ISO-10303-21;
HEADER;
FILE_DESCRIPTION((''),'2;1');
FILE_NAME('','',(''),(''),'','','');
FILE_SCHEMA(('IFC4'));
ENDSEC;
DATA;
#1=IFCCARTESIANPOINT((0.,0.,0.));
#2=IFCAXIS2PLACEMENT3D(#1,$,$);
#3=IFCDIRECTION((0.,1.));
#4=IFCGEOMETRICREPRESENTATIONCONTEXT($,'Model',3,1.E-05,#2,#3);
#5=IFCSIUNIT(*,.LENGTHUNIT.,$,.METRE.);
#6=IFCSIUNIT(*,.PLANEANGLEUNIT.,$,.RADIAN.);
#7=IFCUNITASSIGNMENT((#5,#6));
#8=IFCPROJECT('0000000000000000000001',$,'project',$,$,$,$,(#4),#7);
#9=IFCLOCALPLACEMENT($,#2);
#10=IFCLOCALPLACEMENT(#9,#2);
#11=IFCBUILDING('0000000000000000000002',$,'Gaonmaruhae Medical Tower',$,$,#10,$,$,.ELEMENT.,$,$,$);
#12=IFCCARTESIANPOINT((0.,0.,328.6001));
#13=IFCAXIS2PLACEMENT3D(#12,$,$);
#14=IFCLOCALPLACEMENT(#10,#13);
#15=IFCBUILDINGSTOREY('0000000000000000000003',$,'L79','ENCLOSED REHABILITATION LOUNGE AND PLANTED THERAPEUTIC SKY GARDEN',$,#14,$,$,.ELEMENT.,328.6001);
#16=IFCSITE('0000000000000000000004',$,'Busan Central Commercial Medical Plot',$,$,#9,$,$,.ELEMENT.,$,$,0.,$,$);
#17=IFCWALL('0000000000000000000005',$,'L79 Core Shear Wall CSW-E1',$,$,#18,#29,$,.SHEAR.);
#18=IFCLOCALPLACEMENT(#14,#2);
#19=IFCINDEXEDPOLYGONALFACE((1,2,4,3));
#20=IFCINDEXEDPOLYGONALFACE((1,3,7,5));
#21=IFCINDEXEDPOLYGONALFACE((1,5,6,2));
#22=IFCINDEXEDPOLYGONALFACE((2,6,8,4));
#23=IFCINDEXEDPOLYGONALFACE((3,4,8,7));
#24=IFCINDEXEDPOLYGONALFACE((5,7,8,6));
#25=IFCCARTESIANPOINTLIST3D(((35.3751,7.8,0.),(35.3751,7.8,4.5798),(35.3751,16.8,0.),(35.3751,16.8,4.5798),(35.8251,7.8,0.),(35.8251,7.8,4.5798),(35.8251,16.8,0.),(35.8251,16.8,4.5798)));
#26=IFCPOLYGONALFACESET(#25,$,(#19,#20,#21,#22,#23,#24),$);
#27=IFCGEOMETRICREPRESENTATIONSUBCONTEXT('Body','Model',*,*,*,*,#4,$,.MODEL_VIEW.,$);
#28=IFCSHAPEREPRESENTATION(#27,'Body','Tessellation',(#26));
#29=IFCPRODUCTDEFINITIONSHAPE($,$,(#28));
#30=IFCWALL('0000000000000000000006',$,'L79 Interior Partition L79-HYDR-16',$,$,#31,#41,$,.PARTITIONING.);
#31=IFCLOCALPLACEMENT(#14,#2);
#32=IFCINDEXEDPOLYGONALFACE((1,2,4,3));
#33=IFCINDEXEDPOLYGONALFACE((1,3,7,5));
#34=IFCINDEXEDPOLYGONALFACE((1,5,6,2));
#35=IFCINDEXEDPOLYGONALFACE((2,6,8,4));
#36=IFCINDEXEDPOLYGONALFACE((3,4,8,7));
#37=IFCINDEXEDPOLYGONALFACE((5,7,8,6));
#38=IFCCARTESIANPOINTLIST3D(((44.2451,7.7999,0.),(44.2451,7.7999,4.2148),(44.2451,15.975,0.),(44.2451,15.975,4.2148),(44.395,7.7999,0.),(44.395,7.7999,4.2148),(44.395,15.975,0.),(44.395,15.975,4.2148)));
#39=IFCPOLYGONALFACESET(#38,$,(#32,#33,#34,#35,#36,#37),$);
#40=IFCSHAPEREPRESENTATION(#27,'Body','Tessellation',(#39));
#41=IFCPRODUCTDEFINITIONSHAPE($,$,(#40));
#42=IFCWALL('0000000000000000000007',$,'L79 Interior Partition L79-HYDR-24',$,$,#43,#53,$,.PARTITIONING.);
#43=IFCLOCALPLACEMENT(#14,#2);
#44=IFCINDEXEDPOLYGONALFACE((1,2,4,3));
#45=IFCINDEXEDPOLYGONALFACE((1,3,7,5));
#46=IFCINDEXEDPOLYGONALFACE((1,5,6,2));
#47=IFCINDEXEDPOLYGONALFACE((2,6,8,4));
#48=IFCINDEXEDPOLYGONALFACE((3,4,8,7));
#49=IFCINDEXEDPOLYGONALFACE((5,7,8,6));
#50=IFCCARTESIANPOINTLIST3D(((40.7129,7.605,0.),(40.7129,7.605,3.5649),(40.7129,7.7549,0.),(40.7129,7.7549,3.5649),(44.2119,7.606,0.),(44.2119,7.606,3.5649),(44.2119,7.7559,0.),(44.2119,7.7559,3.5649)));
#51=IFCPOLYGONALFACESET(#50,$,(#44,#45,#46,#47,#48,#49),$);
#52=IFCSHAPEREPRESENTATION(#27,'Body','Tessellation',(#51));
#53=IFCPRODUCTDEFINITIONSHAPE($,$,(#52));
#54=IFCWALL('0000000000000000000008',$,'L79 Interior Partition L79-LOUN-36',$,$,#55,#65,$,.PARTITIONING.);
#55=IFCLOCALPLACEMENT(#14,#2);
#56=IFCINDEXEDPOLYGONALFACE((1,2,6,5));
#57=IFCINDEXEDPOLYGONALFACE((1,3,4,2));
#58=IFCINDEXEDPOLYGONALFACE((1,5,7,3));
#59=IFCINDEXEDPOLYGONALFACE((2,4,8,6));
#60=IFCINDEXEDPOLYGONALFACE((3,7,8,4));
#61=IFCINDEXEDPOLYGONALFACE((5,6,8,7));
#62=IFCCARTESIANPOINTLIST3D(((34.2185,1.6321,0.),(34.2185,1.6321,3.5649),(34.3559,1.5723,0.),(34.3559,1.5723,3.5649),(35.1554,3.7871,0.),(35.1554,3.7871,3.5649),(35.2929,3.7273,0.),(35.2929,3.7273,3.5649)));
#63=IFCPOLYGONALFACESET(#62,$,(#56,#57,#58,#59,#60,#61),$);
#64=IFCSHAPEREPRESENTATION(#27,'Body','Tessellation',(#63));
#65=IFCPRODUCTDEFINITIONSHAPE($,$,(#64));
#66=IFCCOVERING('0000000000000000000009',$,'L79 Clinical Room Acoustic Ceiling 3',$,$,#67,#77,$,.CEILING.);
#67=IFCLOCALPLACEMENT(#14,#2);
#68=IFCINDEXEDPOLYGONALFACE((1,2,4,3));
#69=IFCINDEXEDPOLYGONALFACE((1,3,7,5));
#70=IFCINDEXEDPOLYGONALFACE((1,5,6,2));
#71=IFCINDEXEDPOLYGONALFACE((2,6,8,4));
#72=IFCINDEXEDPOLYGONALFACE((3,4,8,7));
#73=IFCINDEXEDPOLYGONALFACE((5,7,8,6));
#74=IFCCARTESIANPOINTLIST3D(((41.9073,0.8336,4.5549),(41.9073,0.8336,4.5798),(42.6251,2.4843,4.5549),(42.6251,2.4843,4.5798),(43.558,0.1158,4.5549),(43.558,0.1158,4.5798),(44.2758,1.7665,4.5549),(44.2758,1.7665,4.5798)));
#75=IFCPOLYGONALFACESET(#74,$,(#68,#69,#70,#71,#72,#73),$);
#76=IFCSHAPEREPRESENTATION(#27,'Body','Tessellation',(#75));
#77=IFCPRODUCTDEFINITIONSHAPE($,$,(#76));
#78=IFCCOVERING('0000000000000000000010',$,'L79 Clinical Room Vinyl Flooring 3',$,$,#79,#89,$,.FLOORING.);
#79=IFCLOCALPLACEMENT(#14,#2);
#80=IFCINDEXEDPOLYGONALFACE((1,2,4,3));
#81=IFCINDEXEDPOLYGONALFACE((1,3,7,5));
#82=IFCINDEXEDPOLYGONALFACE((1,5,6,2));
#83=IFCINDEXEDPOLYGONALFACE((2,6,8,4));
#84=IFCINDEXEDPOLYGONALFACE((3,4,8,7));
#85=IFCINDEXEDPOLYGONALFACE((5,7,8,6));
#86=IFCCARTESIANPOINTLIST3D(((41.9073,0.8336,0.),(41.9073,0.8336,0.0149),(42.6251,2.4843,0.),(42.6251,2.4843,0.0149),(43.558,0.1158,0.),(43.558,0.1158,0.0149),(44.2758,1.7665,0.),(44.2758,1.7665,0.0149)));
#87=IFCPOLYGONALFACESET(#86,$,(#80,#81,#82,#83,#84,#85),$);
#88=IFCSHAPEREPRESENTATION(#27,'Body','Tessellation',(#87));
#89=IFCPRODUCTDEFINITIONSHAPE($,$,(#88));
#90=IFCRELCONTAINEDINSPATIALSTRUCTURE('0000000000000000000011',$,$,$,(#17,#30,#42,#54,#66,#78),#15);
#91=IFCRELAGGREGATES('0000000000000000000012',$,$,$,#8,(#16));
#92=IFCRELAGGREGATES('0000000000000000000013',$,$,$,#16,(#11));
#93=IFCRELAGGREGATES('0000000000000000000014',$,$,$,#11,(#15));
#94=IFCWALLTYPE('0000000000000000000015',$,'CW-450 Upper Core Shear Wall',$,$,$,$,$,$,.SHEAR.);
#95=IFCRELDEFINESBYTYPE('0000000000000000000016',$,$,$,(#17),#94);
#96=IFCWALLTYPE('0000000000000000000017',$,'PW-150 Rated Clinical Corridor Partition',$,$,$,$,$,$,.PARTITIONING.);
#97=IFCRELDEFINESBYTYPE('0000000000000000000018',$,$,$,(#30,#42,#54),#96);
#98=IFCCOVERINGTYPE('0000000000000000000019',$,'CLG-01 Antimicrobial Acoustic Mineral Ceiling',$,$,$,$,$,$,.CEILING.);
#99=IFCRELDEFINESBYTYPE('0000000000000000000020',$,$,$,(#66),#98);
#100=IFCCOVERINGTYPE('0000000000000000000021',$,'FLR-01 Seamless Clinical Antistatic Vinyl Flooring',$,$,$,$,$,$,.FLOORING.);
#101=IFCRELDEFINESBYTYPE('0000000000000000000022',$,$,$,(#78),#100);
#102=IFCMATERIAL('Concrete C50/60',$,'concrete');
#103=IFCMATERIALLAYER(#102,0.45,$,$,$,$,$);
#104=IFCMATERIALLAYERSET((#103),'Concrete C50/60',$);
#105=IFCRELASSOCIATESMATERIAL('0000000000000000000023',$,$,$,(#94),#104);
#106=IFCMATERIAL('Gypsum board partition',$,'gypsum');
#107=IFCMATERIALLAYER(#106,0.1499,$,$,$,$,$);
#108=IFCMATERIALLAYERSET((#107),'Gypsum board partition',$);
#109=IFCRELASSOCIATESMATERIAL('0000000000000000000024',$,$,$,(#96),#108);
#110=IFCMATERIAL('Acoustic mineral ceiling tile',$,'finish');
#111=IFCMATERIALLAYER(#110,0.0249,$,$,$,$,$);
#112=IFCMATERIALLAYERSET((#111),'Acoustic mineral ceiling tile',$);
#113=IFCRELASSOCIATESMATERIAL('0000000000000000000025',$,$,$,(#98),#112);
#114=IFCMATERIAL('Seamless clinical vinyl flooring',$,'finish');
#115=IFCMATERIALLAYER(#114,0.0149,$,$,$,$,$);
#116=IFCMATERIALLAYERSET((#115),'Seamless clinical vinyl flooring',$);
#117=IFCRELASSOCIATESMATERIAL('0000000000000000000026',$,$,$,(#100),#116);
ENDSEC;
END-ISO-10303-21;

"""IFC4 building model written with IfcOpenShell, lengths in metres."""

from ifc_helpers import new_model, si_unit, direction, frame, frame_2d, origin, origin_2d, place, context, subcontext, project, spatial, rectangle, extrude, material, layer, layer_set, type_object, element, save


model = new_model("IFC4")

# Units and contexts
model_context = context("Model", 3, precision=1e-05, world=origin(), true_north=direction((0.0, 1.0)))
body_context = subcontext(model_context, "Body", "Model", "MODEL_VIEW")
ifc_project = project(units=[si_unit("LENGTHUNIT", "METRE"), si_unit("PLANEANGLEUNIT", "RADIAN")], contexts=[model_context])

# Site, building, storey
site_placement = place(None, origin())
site = spatial("IfcSite", under=ifc_project, at=site_placement, Name="Busan Central Commercial Medical Plot", CompositionType="ELEMENT", RefElevation=0.0)
building_placement = place(site_placement, origin())
building = spatial("IfcBuilding", under=site, at=building_placement, Name="Gaonmaruhae Medical Tower", CompositionType="ELEMENT")
storey_placement = place(building_placement, frame((0.0, 0.0, 328.6001)))
storey = spatial("IfcBuildingStorey", under=building, at=storey_placement, Name="L79", Description="ENCLOSED REHABILITATION LOUNGE AND PLANTED THERAPEUTIC SKY GARDEN", CompositionType="ELEMENT", Elevation=328.6001)

# Shared definitions
ifc_material_1 = material(Name="Concrete C50/60", Category="concrete")

# Walls
ifc_layer_1 = layer(ifc_material_1, 0.45)
ifc_layer_set_1 = layer_set([ifc_layer_1], Name="Concrete C50/60")
wall_type_1 = type_object("IfcWallType", Name="CW-450 Upper Core Shear Wall", PredefinedType="SHEAR", material=ifc_layer_set_1)
wall_1_placement = place(storey_placement, frame((35.6001, 7.8, 0.0), z_axis=(0.0, 0.0, 1.0), x_axis=(0.0, 1.0, 0.0)))
element("IfcWall", 1, at=wall_1_placement, inside=storey, type_object=wall_type_1, Name="L79 Core Shear Wall CSW-E1", PredefinedType="SHEAR", context=body_context, shape_type="SweptSolid", body=[
    extrude(rectangle(XDim=9.0, YDim=0.45, at=frame_2d((4.5, 0.0))), origin(), (0.0, 0.0, 1.0), 4.5798),
])
ifc_material_2 = material(Name="Gypsum board partition", Category="gypsum")
ifc_layer_2 = layer(ifc_material_2, 0.1499)
ifc_layer_set_2 = layer_set([ifc_layer_2], Name="Gypsum board partition")
wall_type_2 = type_object("IfcWallType", Name="PW-150 Rated Clinical Corridor Partition", PredefinedType="PARTITIONING", material=ifc_layer_set_2)
wall_2_placement = place(storey_placement, frame((44.3201, 7.8, 0.0), z_axis=(0.0, 0.0, 1.0), x_axis=(0.0, 1.0, 0.0)))
element("IfcWall", 2, at=wall_2_placement, inside=storey, type_object=wall_type_2, Name="L79 Interior Partition L79-HYDR-16", PredefinedType="PARTITIONING", context=body_context, shape_type="SweptSolid", body=[
    extrude(rectangle(XDim=8.175, YDim=0.1499, at=frame_2d((4.0874, 0.0))), origin(), (0.0, 0.0, 1.0), 4.2148),
])
wall_3_placement = place(storey_placement, frame((40.7129, 7.6799, 0.0), z_axis=(0.0, 0.0, 1.0), x_axis=(1.0, 0.000279, 0.0)))
element("IfcWall", 3, at=wall_3_placement, inside=storey, type_object=wall_type_2, Name="L79 Interior Partition L79-HYDR-24", PredefinedType="PARTITIONING", context=body_context, shape_type="SweptSolid", body=[
    extrude(rectangle(XDim=3.499, YDim=0.1499, at=frame_2d((1.7495, 0.0))), origin(), (0.0, 0.0, 1.0), 3.5649),
])
wall_4_placement = place(storey_placement, frame((35.2241, 3.7571, 0.0), z_axis=(0.0, 0.0, 1.0), x_axis=(-0.398741, -0.917063, 0.0)))
element("IfcWall", 4, at=wall_4_placement, inside=storey, type_object=wall_type_2, Name="L79 Interior Partition L79-LOUN-36", PredefinedType="PARTITIONING", context=body_context, shape_type="SweptSolid", body=[
    extrude(rectangle(XDim=2.3499, YDim=0.1499, at=frame_2d((1.1748, 0.0))), origin(), (0.0, 0.0, 1.0), 3.5649),
])

# Coverings
ifc_material_3 = material(Name="Acoustic mineral ceiling tile", Category="finish")
ifc_layer_3 = layer(ifc_material_3, 0.0249)
ifc_layer_set_3 = layer_set([ifc_layer_3], Name="Acoustic mineral ceiling tile")
covering_type_1 = type_object("IfcCoveringType", Name="CLG-01 Antimicrobial Acoustic Mineral Ceiling", PredefinedType="CEILING", material=ifc_layer_set_3)
covering_1_placement = place(storey_placement, frame((43.0916, 1.3, 4.5549), z_axis=(0.0, 0.0, 1.0), x_axis=(0.398749, 0.91706, 0.0)))
element("IfcCovering", 5, at=covering_1_placement, inside=storey, type_object=covering_type_1, Name="L79 Clinical Room Acoustic Ceiling 3", PredefinedType="CEILING", context=body_context, shape_type="SweptSolid", body=[
    extrude(rectangle(XDim=1.8, YDim=1.8, at=origin_2d()), origin(), (0.0, 0.0, 1.0), 0.0249),
])
ifc_material_4 = material(Name="Seamless clinical vinyl flooring", Category="finish")
ifc_layer_4 = layer(ifc_material_4, 0.0149)
ifc_layer_set_4 = layer_set([ifc_layer_4], Name="Seamless clinical vinyl flooring")
covering_type_2 = type_object("IfcCoveringType", Name="FLR-01 Seamless Clinical Antistatic Vinyl Flooring", PredefinedType="FLOORING", material=ifc_layer_set_4)
covering_2_placement = place(storey_placement, frame((43.0916, 1.3, 0.0), z_axis=(0.0, 0.0, 1.0), x_axis=(0.398749, 0.91706, 0.0)))
element("IfcCovering", 6, at=covering_2_placement, inside=storey, type_object=covering_type_2, Name="L79 Clinical Room Vinyl Flooring 3", PredefinedType="FLOORING", context=body_context, shape_type="SweptSolid", body=[
    extrude(rectangle(XDim=1.8, YDim=1.8, at=origin_2d()), origin(), (0.0, 0.0, 1.0), 0.0149),
])

save(model, "model.ifc")
